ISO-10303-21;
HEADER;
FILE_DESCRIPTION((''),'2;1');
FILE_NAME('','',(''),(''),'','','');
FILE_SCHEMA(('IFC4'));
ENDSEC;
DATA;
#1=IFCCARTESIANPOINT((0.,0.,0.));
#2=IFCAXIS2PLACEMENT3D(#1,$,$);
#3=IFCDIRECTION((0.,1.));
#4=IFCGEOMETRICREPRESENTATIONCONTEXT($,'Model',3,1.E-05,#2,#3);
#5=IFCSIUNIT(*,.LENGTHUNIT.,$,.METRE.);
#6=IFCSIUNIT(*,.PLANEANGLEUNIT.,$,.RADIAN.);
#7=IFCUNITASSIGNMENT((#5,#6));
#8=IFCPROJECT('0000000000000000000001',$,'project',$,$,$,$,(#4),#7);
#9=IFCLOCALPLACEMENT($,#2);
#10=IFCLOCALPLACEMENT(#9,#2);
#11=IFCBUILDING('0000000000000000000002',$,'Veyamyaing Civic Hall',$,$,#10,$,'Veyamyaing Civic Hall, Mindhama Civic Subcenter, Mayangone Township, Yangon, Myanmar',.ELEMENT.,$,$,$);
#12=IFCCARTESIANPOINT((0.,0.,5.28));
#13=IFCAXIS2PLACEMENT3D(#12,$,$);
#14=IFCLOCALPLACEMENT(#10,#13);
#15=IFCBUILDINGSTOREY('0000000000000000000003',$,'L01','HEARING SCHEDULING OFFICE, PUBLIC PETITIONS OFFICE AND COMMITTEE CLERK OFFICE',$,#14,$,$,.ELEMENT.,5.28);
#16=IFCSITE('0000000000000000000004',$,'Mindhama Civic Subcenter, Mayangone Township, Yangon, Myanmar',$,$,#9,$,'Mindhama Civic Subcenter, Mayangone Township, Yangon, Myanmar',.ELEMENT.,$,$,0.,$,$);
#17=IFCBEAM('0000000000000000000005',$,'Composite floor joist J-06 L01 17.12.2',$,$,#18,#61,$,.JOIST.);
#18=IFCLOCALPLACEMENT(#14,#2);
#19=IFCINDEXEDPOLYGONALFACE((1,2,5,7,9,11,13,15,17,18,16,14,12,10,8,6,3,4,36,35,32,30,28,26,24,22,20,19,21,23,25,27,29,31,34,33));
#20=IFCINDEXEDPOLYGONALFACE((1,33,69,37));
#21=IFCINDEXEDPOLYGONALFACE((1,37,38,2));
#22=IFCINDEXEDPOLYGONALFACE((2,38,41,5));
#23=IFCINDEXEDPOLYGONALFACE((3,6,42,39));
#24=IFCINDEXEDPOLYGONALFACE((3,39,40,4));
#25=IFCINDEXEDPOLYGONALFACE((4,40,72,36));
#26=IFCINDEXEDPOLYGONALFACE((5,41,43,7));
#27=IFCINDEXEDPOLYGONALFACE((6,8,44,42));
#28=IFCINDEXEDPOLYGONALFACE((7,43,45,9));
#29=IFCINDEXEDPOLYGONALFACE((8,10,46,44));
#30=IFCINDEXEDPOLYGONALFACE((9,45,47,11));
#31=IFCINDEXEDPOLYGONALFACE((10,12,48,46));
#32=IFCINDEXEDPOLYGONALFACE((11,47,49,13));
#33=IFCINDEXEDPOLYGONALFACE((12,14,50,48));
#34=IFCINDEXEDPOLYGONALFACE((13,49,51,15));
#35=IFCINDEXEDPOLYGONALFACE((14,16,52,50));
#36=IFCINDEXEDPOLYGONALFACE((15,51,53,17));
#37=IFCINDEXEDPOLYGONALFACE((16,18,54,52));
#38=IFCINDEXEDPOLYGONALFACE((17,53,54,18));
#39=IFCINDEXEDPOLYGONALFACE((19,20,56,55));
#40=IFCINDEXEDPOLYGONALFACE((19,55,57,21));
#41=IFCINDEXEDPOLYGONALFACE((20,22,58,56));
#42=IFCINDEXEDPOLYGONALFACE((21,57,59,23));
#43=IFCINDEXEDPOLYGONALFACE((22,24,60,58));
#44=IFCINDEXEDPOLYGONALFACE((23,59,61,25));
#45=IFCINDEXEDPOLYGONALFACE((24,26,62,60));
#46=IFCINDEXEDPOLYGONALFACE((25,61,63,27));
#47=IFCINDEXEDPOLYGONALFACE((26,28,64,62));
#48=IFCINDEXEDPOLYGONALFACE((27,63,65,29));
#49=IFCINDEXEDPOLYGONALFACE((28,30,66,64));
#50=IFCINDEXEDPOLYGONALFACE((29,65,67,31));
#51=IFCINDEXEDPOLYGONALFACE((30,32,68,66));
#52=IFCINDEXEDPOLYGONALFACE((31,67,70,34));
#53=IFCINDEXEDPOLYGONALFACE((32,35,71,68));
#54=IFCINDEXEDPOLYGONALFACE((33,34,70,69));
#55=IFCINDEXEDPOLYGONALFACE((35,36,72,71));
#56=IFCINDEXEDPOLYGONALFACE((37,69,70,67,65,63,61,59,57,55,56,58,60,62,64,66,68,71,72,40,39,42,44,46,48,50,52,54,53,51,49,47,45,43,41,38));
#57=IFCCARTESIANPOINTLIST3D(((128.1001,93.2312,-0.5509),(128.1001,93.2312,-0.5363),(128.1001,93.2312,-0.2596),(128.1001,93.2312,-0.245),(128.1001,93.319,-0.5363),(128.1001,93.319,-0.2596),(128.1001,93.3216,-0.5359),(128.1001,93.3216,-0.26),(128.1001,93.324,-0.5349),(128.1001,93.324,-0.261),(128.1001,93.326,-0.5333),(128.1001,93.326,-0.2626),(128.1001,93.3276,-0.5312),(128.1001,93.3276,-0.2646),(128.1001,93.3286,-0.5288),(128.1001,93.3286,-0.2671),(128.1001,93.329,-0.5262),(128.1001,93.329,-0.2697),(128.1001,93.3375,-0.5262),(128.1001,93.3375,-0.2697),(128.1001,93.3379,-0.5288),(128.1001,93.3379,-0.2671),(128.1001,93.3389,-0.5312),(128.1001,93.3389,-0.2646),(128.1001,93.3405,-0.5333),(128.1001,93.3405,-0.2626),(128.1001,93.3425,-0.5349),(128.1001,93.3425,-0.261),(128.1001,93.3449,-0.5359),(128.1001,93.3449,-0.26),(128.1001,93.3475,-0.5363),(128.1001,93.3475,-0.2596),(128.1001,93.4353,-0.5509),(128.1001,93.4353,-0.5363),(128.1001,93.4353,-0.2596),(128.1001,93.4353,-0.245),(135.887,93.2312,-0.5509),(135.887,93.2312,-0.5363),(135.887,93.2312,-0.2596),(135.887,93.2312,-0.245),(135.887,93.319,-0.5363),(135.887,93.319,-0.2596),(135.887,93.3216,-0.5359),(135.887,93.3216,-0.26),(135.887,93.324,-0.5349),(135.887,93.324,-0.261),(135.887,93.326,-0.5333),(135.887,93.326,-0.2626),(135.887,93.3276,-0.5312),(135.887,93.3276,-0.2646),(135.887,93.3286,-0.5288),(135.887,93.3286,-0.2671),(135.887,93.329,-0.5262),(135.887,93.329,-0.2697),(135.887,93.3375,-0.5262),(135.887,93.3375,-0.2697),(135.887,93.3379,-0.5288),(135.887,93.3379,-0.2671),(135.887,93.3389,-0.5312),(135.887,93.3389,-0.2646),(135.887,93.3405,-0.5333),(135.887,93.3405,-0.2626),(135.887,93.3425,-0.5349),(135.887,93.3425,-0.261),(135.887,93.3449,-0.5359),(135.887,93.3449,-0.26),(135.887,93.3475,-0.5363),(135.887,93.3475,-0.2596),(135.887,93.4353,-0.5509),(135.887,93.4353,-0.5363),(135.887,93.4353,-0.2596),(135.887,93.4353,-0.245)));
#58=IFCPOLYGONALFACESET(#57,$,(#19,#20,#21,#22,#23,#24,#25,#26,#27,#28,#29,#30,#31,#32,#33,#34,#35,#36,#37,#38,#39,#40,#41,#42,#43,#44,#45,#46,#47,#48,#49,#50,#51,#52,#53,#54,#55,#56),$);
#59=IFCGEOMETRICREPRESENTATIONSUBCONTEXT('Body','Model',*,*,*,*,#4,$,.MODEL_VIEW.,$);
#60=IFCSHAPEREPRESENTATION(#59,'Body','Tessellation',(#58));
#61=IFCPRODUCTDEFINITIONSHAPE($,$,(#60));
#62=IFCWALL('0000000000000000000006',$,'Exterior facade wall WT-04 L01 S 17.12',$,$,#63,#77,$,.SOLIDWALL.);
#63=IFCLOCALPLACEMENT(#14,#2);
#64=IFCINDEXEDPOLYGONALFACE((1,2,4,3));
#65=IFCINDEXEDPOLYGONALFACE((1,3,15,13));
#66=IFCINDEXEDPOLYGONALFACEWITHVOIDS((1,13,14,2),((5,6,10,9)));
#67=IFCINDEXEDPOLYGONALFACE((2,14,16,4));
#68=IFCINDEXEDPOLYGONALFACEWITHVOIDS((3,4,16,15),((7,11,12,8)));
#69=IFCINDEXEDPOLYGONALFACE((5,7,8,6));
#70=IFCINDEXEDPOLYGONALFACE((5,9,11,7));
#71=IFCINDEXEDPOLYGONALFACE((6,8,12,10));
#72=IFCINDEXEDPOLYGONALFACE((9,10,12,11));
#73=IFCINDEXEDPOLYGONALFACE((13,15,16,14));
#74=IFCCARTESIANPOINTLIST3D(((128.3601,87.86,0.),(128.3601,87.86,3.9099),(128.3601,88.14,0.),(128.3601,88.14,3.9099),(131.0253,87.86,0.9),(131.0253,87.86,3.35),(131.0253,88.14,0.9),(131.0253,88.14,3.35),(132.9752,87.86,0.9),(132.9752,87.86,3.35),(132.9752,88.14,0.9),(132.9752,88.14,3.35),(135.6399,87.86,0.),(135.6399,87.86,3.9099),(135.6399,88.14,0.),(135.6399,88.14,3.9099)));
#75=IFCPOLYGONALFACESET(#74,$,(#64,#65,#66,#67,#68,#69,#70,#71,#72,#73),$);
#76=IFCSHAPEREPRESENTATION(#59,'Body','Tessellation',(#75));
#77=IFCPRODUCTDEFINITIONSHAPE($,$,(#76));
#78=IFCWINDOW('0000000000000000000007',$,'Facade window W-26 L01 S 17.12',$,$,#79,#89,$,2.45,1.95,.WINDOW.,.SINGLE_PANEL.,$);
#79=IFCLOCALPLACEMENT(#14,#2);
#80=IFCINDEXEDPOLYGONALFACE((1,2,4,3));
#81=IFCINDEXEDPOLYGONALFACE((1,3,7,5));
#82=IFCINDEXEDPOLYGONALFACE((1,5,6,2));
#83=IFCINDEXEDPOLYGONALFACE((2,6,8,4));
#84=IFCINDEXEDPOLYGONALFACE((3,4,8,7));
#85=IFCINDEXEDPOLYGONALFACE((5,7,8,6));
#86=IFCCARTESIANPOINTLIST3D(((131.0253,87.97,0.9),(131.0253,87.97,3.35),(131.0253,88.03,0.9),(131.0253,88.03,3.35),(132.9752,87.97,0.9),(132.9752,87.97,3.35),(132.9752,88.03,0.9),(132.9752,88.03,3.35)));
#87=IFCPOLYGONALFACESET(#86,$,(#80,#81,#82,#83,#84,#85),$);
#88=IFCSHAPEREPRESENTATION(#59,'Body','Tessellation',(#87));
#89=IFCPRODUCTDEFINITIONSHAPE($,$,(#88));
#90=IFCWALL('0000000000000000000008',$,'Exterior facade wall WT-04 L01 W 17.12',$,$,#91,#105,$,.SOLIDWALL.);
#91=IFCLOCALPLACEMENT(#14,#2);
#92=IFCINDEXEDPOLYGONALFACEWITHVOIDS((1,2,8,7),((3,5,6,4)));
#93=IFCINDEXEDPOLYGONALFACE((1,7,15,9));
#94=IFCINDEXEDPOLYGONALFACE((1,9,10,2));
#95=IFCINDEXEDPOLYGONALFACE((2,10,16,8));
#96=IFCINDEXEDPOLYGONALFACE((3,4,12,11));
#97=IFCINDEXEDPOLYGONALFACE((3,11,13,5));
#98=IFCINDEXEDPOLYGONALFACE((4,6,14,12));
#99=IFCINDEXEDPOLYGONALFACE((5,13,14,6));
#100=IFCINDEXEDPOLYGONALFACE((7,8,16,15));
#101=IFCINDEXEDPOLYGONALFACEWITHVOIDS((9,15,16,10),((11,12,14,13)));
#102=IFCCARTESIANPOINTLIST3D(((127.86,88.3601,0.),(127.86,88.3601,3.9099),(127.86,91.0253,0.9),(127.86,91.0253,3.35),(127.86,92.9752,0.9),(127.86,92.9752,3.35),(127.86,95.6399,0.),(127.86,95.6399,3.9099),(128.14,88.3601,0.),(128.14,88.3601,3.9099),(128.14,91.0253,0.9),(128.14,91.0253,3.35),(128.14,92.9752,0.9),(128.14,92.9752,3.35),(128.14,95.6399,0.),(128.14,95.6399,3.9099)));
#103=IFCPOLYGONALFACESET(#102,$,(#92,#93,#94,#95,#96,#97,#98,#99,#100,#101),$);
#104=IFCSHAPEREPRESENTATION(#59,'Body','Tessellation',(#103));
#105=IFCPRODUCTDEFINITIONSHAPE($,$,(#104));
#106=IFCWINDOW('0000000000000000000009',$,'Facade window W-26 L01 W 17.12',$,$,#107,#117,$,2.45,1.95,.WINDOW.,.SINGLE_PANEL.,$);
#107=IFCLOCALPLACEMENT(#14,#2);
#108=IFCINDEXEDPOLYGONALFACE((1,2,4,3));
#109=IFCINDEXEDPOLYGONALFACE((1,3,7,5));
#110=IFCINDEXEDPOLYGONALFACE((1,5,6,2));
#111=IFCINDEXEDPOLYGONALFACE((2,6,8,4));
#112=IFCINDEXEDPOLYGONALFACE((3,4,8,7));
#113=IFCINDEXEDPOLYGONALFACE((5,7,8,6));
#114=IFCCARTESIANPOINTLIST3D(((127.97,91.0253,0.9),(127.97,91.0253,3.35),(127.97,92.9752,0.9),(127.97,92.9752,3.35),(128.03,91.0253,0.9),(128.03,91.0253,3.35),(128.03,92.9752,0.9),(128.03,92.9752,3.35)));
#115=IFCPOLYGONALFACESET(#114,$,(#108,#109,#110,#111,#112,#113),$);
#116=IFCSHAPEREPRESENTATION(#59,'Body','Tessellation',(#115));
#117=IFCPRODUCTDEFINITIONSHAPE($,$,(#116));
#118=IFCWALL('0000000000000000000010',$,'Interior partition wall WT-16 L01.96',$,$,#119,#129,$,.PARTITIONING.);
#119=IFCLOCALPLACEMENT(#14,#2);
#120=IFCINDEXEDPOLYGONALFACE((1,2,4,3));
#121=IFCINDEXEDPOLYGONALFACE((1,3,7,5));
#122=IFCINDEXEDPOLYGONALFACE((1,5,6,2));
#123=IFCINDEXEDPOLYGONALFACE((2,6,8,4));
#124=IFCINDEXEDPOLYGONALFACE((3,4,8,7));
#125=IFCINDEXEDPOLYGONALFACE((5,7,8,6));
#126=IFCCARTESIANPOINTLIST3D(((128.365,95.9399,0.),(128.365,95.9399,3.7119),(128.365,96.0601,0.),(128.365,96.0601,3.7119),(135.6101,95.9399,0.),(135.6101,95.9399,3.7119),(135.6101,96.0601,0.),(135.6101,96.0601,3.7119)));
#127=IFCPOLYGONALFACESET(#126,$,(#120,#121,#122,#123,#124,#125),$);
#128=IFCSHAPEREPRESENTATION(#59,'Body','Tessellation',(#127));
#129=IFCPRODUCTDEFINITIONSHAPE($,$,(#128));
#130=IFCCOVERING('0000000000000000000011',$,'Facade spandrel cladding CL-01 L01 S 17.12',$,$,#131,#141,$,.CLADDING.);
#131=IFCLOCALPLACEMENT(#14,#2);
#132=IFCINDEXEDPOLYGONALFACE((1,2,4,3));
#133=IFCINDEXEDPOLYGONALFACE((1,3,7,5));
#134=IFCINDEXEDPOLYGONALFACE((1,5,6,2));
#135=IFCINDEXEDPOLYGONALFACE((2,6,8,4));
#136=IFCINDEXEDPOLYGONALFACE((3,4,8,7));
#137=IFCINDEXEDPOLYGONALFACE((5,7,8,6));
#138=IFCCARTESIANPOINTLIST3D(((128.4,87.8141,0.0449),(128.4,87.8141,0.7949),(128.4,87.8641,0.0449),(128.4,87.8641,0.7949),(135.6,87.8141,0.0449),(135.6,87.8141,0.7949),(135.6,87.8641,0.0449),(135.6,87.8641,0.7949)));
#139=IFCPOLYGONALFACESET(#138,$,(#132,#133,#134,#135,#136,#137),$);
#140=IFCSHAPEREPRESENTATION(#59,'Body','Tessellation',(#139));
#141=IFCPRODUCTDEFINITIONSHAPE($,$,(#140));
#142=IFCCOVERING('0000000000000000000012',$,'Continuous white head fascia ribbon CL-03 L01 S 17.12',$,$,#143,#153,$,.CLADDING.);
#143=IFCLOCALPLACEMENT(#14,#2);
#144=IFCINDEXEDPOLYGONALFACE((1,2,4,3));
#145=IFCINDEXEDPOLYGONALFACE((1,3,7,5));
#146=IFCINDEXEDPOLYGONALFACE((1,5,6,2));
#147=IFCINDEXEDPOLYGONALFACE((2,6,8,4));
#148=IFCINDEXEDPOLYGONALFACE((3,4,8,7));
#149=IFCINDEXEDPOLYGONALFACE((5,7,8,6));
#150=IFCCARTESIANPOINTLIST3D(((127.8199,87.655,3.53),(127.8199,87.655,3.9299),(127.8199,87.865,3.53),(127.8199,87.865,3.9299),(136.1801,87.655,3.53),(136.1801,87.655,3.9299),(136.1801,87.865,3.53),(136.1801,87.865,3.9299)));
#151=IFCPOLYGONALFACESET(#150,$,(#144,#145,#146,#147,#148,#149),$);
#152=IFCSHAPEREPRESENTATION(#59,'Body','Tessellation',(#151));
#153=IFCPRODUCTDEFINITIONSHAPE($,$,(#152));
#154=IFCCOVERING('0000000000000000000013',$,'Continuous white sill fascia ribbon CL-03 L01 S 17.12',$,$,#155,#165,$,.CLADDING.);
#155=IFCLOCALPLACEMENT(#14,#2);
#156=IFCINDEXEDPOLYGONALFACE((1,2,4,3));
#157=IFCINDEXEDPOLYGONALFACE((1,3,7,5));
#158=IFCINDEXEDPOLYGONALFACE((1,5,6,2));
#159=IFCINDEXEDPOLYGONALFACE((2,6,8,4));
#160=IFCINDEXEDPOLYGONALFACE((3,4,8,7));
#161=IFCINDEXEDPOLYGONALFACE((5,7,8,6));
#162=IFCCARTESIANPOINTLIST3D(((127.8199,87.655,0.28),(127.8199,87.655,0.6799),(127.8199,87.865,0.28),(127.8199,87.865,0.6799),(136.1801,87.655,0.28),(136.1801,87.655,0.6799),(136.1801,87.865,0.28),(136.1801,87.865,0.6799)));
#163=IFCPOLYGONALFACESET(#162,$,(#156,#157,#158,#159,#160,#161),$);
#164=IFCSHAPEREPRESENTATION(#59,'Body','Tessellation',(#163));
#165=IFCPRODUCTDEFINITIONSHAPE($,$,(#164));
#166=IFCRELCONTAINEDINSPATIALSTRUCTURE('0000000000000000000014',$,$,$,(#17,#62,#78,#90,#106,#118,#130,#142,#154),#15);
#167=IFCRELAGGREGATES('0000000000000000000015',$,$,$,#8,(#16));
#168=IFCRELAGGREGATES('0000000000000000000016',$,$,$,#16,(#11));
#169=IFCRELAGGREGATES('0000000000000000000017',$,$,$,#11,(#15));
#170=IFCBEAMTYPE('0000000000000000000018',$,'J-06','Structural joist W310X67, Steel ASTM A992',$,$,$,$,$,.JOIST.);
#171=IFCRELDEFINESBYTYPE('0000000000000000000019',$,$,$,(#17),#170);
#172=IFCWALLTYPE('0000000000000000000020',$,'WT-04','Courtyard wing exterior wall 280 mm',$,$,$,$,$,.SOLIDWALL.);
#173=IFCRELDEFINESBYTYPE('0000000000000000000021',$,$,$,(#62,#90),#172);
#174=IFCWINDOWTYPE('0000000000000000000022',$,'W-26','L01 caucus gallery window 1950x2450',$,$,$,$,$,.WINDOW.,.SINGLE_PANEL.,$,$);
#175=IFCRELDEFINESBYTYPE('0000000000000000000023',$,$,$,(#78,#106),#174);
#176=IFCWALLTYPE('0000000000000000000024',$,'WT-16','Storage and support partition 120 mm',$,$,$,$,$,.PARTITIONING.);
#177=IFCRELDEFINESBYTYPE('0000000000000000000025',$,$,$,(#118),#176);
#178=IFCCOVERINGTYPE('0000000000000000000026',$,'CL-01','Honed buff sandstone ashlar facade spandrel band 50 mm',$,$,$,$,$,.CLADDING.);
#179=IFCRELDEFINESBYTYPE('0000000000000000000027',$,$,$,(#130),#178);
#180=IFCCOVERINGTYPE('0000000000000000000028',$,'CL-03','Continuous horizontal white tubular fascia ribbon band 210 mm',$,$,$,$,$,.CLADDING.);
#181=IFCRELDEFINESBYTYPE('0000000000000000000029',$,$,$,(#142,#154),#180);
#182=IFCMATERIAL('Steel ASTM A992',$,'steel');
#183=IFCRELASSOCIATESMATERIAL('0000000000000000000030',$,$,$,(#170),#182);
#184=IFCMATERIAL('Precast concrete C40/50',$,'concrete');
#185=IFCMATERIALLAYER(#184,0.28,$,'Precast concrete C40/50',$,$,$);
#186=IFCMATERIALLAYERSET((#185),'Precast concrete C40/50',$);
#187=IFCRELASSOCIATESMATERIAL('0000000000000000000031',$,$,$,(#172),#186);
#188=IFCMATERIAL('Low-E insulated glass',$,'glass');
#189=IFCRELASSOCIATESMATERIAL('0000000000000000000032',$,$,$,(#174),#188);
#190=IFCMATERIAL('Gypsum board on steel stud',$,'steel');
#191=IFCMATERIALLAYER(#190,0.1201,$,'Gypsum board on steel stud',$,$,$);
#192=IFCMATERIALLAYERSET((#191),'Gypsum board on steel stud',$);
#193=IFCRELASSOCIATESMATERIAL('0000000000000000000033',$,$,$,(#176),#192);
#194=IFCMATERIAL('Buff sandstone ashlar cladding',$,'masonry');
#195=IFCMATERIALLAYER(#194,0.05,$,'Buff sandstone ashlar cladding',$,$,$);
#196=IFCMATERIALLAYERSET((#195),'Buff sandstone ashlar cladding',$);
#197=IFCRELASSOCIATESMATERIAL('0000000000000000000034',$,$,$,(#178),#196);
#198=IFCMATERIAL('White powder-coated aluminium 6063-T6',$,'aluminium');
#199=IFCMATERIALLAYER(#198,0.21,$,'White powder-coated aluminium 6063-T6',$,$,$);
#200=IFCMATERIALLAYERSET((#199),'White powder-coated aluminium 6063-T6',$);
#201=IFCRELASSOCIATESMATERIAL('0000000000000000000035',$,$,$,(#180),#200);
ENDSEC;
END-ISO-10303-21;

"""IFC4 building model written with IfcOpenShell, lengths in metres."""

from ifc_helpers import new_model, si_unit, direction, frame, frame_2d, origin, origin_2d, place, context, subcontext, project, spatial, rectangle, i_section, extrude, material, layer, layer_set, material_profile, profile_set, type_object, element, fill, save


model = new_model("IFC4")

# Units and contexts
model_context = context("Model", 3, precision=1e-05, world=origin(), true_north=direction((0.0, 1.0)))
body_context = subcontext(model_context, "Body", "Model", "MODEL_VIEW")
ifc_project = project(units=[si_unit("LENGTHUNIT", "METRE"), si_unit("PLANEANGLEUNIT", "RADIAN")], contexts=[model_context])

# Site, building, storey
site_placement = place(None, origin())
site = spatial("IfcSite", under=ifc_project, at=site_placement, Name="Mindhama Civic Subcenter, Mayangone Township, Yangon, Myanmar", LongName="Mindhama Civic Subcenter, Mayangone Township, Yangon, Myanmar", CompositionType="ELEMENT", RefElevation=0.0)
building_placement = place(site_placement, origin())
building = spatial("IfcBuilding", under=site, at=building_placement, Name="Veyamyaing Civic Hall", LongName="Veyamyaing Civic Hall, Mindhama Civic Subcenter, Mayangone Township, Yangon, Myanmar", CompositionType="ELEMENT")
storey_placement = place(building_placement, frame((0.0, 0.0, 5.28)))
storey = spatial("IfcBuildingStorey", under=building, at=storey_placement, Name="L01", Description="HEARING SCHEDULING OFFICE, PUBLIC PETITIONS OFFICE AND COMMITTEE CLERK OFFICE", CompositionType="ELEMENT", Elevation=5.28)

# Shared definitions
ifc_material_1 = material(Name="Steel ASTM A992", Category="steel")

# Beam
ifc_material_profile_1 = material_profile(ifc_material_1, i_section(OverallWidth=0.2041, OverallDepth=0.3059, WebThickness=0.0085, FlangeThickness=0.0146, FilletRadius=0.01, at=origin_2d()), Name="W310X67")
ifc_profile_set_1 = profile_set([ifc_material_profile_1], Name="Steel ASTM A992")
beam_type_1 = type_object("IfcBeamType", Name="J-06", Description="Structural joist W310X67, Steel ASTM A992", PredefinedType="JOIST", material=ifc_profile_set_1)
for number, where, z_axis, x_axis, name in (
    (1, (128.1001, 93.3333, -0.3979), (1.0, 0.0, 0.0), (0.0, 1.0, 0.0), "Composite floor joist J-06 L01 17.12.2"),
):
    element("IfcBeam", number, at=place(storey_placement, frame(where, z_axis=z_axis, x_axis=x_axis)), inside=storey, type_object=beam_type_1, Name=name, PredefinedType="JOIST", context=body_context, shape_type="SweptSolid", body=[
        extrude(i_section(OverallWidth=0.2041, OverallDepth=0.3059, WebThickness=0.0085, FlangeThickness=0.0146, FilletRadius=0.01, at=origin_2d()), origin(), (0.0, 0.0, 1.0), 7.7869),
    ])

# Walls, openings, windows
ifc_material_2 = material(Name="Precast concrete C40/50", Category="concrete")
ifc_layer_1 = layer(ifc_material_2, 0.28, Name="Precast concrete C40/50")
ifc_layer_set_1 = layer_set([ifc_layer_1], Name="Precast concrete C40/50")
wall_type_1 = type_object("IfcWallType", Name="WT-04", Description="Courtyard wing exterior wall 280 mm", PredefinedType="SOLIDWALL", material=ifc_layer_set_1)
wall_1_placement = place(storey_placement, frame((128.3601, 88.0, 0.0), z_axis=(0.0, 0.0, 1.0), x_axis=(1.0, 0.0, 0.0)))
wall_1 = element("IfcWall", 2, at=wall_1_placement, inside=storey, type_object=wall_type_1, Name="Exterior facade wall WT-04 L01 S 17.12", PredefinedType="SOLIDWALL", context=body_context, shape_type="SweptSolid", body=[
    extrude(rectangle(XDim=7.2798, YDim=0.28, at=frame_2d((3.6399, 0.0))), origin(), (0.0, 0.0, 1.0), 3.9099),
])
opening_1_placement = place(wall_1_placement, frame((2.665, 0.0, 0.8999)))
opening_1 = element("IfcOpeningElement", 3, at=opening_1_placement, cuts=wall_1, PredefinedType="OPENING", context=body_context, shape_type="SweptSolid", body=[
    extrude(rectangle(XDim=1.95, YDim=2.45, at=frame_2d((0.9751, 1.2251))), frame((0.0, 0.1499, 0.0), z_axis=(0.0, -1.0, 0.0), x_axis=(1.0, 0.0, 0.0)), (0.0, 0.0, 1.0), 0.3),
])
ifc_material_3 = material(Name="Low-E insulated glass", Category="glass")
window_type = type_object("IfcWindowType", Name="W-26", Description="L01 caucus gallery window 1950x2450", PartitioningType="SINGLE_PANEL", PredefinedType="WINDOW", material=ifc_material_3)
window_1_placement = place(opening_1_placement, origin())
window_1 = element("IfcWindow", 4, at=window_1_placement, inside=storey, type_object=window_type, Name="Facade window W-26 L01 S 17.12", OverallHeight=2.45, OverallWidth=1.95, PartitioningType="SINGLE_PANEL", PredefinedType="WINDOW", context=body_context, shape_type="SweptSolid", body=[
    extrude(rectangle(XDim=1.95, YDim=2.45, at=frame_2d((0.9751, 1.2251))), frame((0.0, 0.03, 0.0), z_axis=(0.0, -1.0, 0.0), x_axis=(1.0, 0.0, 0.0)), (0.0, 0.0, 1.0), 0.0601),
])
fill(opening_1, window_1)
wall_2_placement = place(storey_placement, frame((128.0, 88.3601, 0.0), z_axis=(0.0, 0.0, 1.0), x_axis=(0.0, 1.0, 0.0)))
wall_2 = element("IfcWall", 5, at=wall_2_placement, inside=storey, type_object=wall_type_1, Name="Exterior facade wall WT-04 L01 W 17.12", PredefinedType="SOLIDWALL", context=body_context, shape_type="SweptSolid", body=[
    extrude(rectangle(XDim=7.2798, YDim=0.28, at=frame_2d((3.6399, 0.0))), origin(), (0.0, 0.0, 1.0), 3.9099),
])
opening_2_placement = place(wall_2_placement, frame((2.665, 0.0, 0.8999)))
opening_2 = element("IfcOpeningElement", 6, at=opening_2_placement, cuts=wall_2, PredefinedType="OPENING", context=body_context, shape_type="SweptSolid", body=[
    extrude(rectangle(XDim=1.95, YDim=2.45, at=frame_2d((0.9751, 1.2251))), frame((0.0, 0.1499, 0.0), z_axis=(0.0, -1.0, 0.0), x_axis=(1.0, 0.0, 0.0)), (0.0, 0.0, 1.0), 0.3),
])
window_2_placement = place(opening_2_placement, origin())
window_2 = element("IfcWindow", 7, at=window_2_placement, inside=storey, type_object=window_type, Name="Facade window W-26 L01 W 17.12", OverallHeight=2.45, OverallWidth=1.95, PartitioningType="SINGLE_PANEL", PredefinedType="WINDOW", context=body_context, shape_type="SweptSolid", body=[
    extrude(rectangle(XDim=1.95, YDim=2.45, at=frame_2d((0.9751, 1.2251))), frame((0.0, 0.03, 0.0), z_axis=(0.0, -1.0, 0.0), x_axis=(1.0, 0.0, 0.0)), (0.0, 0.0, 1.0), 0.0601),
])
fill(opening_2, window_2)

# Wall
ifc_material_4 = material(Name="Gypsum board on steel stud", Category="steel")
ifc_layer_2 = layer(ifc_material_4, 0.1201, Name="Gypsum board on steel stud")
ifc_layer_set_2 = layer_set([ifc_layer_2], Name="Gypsum board on steel stud")
wall_type_2 = type_object("IfcWallType", Name="WT-16", Description="Storage and support partition 120 mm", PredefinedType="PARTITIONING", material=ifc_layer_set_2)
wall_3_placement = place(storey_placement, frame((128.365, 96.0, 0.0), z_axis=(0.0, 0.0, 1.0), x_axis=(1.0, 0.0, 0.0)))
element("IfcWall", 8, at=wall_3_placement, inside=storey, type_object=wall_type_2, Name="Interior partition wall WT-16 L01.96", PredefinedType="PARTITIONING", context=body_context, shape_type="SweptSolid", body=[
    extrude(rectangle(XDim=7.2451, YDim=0.1201, at=frame_2d((3.6226, 0.0))), origin(), (0.0, 0.0, 1.0), 3.7119),
])

# Coverings
ifc_material_5 = material(Name="Buff sandstone ashlar cladding", Category="masonry")
ifc_layer_3 = layer(ifc_material_5, 0.05, Name="Buff sandstone ashlar cladding")
ifc_layer_set_3 = layer_set([ifc_layer_3], Name="Buff sandstone ashlar cladding")
covering_type_1 = type_object("IfcCoveringType", Name="CL-01", Description="Honed buff sandstone ashlar facade spandrel band 50 mm", PredefinedType="CLADDING", material=ifc_layer_set_3)
covering_placement = place(storey_placement, frame((132.0, 87.8391, 0.0449), z_axis=(0.0, 0.0, 1.0), x_axis=(1.0, 0.0, 0.0)))
element("IfcCovering", 9, at=covering_placement, inside=storey, type_object=covering_type_1, Name="Facade spandrel cladding CL-01 L01 S 17.12", PredefinedType="CLADDING", context=body_context, shape_type="SweptSolid", body=[
    extrude(rectangle(XDim=7.2, YDim=0.05, at=origin_2d()), origin(), (0.0, 0.0, 1.0), 0.75),
])
ifc_material_6 = material(Name="White powder-coated aluminium 6063-T6", Category="aluminium")
ifc_layer_4 = layer(ifc_material_6, 0.21, Name="White powder-coated aluminium 6063-T6")
ifc_layer_set_4 = layer_set([ifc_layer_4], Name="White powder-coated aluminium 6063-T6")
covering_type_2 = type_object("IfcCoveringType", Name="CL-03", Description="Continuous horizontal white tubular fascia ribbon band 210 mm", PredefinedType="CLADDING", material=ifc_layer_set_4)
for number, where, z_axis, x_axis, name in (
    (10, (132.0, 87.76, 3.53), (0.0, 0.0, 1.0), (1.0, 0.0, 0.0), "Continuous white head fascia ribbon CL-03 L01 S 17.12"),
    (11, (132.0, 87.76, 0.28), (0.0, 0.0, 1.0), (1.0, 0.0, 0.0), "Continuous white sill fascia ribbon CL-03 L01 S 17.12"),
):
    element("IfcCovering", number, at=place(storey_placement, frame(where, z_axis=z_axis, x_axis=x_axis)), inside=storey, type_object=covering_type_2, Name=name, PredefinedType="CLADDING", context=body_context, shape_type="SweptSolid", body=[
        extrude(rectangle(XDim=8.3601, YDim=0.21, at=origin_2d()), origin(), (0.0, 0.0, 1.0), 0.3999),
    ])

save(model, "model.ifc")
